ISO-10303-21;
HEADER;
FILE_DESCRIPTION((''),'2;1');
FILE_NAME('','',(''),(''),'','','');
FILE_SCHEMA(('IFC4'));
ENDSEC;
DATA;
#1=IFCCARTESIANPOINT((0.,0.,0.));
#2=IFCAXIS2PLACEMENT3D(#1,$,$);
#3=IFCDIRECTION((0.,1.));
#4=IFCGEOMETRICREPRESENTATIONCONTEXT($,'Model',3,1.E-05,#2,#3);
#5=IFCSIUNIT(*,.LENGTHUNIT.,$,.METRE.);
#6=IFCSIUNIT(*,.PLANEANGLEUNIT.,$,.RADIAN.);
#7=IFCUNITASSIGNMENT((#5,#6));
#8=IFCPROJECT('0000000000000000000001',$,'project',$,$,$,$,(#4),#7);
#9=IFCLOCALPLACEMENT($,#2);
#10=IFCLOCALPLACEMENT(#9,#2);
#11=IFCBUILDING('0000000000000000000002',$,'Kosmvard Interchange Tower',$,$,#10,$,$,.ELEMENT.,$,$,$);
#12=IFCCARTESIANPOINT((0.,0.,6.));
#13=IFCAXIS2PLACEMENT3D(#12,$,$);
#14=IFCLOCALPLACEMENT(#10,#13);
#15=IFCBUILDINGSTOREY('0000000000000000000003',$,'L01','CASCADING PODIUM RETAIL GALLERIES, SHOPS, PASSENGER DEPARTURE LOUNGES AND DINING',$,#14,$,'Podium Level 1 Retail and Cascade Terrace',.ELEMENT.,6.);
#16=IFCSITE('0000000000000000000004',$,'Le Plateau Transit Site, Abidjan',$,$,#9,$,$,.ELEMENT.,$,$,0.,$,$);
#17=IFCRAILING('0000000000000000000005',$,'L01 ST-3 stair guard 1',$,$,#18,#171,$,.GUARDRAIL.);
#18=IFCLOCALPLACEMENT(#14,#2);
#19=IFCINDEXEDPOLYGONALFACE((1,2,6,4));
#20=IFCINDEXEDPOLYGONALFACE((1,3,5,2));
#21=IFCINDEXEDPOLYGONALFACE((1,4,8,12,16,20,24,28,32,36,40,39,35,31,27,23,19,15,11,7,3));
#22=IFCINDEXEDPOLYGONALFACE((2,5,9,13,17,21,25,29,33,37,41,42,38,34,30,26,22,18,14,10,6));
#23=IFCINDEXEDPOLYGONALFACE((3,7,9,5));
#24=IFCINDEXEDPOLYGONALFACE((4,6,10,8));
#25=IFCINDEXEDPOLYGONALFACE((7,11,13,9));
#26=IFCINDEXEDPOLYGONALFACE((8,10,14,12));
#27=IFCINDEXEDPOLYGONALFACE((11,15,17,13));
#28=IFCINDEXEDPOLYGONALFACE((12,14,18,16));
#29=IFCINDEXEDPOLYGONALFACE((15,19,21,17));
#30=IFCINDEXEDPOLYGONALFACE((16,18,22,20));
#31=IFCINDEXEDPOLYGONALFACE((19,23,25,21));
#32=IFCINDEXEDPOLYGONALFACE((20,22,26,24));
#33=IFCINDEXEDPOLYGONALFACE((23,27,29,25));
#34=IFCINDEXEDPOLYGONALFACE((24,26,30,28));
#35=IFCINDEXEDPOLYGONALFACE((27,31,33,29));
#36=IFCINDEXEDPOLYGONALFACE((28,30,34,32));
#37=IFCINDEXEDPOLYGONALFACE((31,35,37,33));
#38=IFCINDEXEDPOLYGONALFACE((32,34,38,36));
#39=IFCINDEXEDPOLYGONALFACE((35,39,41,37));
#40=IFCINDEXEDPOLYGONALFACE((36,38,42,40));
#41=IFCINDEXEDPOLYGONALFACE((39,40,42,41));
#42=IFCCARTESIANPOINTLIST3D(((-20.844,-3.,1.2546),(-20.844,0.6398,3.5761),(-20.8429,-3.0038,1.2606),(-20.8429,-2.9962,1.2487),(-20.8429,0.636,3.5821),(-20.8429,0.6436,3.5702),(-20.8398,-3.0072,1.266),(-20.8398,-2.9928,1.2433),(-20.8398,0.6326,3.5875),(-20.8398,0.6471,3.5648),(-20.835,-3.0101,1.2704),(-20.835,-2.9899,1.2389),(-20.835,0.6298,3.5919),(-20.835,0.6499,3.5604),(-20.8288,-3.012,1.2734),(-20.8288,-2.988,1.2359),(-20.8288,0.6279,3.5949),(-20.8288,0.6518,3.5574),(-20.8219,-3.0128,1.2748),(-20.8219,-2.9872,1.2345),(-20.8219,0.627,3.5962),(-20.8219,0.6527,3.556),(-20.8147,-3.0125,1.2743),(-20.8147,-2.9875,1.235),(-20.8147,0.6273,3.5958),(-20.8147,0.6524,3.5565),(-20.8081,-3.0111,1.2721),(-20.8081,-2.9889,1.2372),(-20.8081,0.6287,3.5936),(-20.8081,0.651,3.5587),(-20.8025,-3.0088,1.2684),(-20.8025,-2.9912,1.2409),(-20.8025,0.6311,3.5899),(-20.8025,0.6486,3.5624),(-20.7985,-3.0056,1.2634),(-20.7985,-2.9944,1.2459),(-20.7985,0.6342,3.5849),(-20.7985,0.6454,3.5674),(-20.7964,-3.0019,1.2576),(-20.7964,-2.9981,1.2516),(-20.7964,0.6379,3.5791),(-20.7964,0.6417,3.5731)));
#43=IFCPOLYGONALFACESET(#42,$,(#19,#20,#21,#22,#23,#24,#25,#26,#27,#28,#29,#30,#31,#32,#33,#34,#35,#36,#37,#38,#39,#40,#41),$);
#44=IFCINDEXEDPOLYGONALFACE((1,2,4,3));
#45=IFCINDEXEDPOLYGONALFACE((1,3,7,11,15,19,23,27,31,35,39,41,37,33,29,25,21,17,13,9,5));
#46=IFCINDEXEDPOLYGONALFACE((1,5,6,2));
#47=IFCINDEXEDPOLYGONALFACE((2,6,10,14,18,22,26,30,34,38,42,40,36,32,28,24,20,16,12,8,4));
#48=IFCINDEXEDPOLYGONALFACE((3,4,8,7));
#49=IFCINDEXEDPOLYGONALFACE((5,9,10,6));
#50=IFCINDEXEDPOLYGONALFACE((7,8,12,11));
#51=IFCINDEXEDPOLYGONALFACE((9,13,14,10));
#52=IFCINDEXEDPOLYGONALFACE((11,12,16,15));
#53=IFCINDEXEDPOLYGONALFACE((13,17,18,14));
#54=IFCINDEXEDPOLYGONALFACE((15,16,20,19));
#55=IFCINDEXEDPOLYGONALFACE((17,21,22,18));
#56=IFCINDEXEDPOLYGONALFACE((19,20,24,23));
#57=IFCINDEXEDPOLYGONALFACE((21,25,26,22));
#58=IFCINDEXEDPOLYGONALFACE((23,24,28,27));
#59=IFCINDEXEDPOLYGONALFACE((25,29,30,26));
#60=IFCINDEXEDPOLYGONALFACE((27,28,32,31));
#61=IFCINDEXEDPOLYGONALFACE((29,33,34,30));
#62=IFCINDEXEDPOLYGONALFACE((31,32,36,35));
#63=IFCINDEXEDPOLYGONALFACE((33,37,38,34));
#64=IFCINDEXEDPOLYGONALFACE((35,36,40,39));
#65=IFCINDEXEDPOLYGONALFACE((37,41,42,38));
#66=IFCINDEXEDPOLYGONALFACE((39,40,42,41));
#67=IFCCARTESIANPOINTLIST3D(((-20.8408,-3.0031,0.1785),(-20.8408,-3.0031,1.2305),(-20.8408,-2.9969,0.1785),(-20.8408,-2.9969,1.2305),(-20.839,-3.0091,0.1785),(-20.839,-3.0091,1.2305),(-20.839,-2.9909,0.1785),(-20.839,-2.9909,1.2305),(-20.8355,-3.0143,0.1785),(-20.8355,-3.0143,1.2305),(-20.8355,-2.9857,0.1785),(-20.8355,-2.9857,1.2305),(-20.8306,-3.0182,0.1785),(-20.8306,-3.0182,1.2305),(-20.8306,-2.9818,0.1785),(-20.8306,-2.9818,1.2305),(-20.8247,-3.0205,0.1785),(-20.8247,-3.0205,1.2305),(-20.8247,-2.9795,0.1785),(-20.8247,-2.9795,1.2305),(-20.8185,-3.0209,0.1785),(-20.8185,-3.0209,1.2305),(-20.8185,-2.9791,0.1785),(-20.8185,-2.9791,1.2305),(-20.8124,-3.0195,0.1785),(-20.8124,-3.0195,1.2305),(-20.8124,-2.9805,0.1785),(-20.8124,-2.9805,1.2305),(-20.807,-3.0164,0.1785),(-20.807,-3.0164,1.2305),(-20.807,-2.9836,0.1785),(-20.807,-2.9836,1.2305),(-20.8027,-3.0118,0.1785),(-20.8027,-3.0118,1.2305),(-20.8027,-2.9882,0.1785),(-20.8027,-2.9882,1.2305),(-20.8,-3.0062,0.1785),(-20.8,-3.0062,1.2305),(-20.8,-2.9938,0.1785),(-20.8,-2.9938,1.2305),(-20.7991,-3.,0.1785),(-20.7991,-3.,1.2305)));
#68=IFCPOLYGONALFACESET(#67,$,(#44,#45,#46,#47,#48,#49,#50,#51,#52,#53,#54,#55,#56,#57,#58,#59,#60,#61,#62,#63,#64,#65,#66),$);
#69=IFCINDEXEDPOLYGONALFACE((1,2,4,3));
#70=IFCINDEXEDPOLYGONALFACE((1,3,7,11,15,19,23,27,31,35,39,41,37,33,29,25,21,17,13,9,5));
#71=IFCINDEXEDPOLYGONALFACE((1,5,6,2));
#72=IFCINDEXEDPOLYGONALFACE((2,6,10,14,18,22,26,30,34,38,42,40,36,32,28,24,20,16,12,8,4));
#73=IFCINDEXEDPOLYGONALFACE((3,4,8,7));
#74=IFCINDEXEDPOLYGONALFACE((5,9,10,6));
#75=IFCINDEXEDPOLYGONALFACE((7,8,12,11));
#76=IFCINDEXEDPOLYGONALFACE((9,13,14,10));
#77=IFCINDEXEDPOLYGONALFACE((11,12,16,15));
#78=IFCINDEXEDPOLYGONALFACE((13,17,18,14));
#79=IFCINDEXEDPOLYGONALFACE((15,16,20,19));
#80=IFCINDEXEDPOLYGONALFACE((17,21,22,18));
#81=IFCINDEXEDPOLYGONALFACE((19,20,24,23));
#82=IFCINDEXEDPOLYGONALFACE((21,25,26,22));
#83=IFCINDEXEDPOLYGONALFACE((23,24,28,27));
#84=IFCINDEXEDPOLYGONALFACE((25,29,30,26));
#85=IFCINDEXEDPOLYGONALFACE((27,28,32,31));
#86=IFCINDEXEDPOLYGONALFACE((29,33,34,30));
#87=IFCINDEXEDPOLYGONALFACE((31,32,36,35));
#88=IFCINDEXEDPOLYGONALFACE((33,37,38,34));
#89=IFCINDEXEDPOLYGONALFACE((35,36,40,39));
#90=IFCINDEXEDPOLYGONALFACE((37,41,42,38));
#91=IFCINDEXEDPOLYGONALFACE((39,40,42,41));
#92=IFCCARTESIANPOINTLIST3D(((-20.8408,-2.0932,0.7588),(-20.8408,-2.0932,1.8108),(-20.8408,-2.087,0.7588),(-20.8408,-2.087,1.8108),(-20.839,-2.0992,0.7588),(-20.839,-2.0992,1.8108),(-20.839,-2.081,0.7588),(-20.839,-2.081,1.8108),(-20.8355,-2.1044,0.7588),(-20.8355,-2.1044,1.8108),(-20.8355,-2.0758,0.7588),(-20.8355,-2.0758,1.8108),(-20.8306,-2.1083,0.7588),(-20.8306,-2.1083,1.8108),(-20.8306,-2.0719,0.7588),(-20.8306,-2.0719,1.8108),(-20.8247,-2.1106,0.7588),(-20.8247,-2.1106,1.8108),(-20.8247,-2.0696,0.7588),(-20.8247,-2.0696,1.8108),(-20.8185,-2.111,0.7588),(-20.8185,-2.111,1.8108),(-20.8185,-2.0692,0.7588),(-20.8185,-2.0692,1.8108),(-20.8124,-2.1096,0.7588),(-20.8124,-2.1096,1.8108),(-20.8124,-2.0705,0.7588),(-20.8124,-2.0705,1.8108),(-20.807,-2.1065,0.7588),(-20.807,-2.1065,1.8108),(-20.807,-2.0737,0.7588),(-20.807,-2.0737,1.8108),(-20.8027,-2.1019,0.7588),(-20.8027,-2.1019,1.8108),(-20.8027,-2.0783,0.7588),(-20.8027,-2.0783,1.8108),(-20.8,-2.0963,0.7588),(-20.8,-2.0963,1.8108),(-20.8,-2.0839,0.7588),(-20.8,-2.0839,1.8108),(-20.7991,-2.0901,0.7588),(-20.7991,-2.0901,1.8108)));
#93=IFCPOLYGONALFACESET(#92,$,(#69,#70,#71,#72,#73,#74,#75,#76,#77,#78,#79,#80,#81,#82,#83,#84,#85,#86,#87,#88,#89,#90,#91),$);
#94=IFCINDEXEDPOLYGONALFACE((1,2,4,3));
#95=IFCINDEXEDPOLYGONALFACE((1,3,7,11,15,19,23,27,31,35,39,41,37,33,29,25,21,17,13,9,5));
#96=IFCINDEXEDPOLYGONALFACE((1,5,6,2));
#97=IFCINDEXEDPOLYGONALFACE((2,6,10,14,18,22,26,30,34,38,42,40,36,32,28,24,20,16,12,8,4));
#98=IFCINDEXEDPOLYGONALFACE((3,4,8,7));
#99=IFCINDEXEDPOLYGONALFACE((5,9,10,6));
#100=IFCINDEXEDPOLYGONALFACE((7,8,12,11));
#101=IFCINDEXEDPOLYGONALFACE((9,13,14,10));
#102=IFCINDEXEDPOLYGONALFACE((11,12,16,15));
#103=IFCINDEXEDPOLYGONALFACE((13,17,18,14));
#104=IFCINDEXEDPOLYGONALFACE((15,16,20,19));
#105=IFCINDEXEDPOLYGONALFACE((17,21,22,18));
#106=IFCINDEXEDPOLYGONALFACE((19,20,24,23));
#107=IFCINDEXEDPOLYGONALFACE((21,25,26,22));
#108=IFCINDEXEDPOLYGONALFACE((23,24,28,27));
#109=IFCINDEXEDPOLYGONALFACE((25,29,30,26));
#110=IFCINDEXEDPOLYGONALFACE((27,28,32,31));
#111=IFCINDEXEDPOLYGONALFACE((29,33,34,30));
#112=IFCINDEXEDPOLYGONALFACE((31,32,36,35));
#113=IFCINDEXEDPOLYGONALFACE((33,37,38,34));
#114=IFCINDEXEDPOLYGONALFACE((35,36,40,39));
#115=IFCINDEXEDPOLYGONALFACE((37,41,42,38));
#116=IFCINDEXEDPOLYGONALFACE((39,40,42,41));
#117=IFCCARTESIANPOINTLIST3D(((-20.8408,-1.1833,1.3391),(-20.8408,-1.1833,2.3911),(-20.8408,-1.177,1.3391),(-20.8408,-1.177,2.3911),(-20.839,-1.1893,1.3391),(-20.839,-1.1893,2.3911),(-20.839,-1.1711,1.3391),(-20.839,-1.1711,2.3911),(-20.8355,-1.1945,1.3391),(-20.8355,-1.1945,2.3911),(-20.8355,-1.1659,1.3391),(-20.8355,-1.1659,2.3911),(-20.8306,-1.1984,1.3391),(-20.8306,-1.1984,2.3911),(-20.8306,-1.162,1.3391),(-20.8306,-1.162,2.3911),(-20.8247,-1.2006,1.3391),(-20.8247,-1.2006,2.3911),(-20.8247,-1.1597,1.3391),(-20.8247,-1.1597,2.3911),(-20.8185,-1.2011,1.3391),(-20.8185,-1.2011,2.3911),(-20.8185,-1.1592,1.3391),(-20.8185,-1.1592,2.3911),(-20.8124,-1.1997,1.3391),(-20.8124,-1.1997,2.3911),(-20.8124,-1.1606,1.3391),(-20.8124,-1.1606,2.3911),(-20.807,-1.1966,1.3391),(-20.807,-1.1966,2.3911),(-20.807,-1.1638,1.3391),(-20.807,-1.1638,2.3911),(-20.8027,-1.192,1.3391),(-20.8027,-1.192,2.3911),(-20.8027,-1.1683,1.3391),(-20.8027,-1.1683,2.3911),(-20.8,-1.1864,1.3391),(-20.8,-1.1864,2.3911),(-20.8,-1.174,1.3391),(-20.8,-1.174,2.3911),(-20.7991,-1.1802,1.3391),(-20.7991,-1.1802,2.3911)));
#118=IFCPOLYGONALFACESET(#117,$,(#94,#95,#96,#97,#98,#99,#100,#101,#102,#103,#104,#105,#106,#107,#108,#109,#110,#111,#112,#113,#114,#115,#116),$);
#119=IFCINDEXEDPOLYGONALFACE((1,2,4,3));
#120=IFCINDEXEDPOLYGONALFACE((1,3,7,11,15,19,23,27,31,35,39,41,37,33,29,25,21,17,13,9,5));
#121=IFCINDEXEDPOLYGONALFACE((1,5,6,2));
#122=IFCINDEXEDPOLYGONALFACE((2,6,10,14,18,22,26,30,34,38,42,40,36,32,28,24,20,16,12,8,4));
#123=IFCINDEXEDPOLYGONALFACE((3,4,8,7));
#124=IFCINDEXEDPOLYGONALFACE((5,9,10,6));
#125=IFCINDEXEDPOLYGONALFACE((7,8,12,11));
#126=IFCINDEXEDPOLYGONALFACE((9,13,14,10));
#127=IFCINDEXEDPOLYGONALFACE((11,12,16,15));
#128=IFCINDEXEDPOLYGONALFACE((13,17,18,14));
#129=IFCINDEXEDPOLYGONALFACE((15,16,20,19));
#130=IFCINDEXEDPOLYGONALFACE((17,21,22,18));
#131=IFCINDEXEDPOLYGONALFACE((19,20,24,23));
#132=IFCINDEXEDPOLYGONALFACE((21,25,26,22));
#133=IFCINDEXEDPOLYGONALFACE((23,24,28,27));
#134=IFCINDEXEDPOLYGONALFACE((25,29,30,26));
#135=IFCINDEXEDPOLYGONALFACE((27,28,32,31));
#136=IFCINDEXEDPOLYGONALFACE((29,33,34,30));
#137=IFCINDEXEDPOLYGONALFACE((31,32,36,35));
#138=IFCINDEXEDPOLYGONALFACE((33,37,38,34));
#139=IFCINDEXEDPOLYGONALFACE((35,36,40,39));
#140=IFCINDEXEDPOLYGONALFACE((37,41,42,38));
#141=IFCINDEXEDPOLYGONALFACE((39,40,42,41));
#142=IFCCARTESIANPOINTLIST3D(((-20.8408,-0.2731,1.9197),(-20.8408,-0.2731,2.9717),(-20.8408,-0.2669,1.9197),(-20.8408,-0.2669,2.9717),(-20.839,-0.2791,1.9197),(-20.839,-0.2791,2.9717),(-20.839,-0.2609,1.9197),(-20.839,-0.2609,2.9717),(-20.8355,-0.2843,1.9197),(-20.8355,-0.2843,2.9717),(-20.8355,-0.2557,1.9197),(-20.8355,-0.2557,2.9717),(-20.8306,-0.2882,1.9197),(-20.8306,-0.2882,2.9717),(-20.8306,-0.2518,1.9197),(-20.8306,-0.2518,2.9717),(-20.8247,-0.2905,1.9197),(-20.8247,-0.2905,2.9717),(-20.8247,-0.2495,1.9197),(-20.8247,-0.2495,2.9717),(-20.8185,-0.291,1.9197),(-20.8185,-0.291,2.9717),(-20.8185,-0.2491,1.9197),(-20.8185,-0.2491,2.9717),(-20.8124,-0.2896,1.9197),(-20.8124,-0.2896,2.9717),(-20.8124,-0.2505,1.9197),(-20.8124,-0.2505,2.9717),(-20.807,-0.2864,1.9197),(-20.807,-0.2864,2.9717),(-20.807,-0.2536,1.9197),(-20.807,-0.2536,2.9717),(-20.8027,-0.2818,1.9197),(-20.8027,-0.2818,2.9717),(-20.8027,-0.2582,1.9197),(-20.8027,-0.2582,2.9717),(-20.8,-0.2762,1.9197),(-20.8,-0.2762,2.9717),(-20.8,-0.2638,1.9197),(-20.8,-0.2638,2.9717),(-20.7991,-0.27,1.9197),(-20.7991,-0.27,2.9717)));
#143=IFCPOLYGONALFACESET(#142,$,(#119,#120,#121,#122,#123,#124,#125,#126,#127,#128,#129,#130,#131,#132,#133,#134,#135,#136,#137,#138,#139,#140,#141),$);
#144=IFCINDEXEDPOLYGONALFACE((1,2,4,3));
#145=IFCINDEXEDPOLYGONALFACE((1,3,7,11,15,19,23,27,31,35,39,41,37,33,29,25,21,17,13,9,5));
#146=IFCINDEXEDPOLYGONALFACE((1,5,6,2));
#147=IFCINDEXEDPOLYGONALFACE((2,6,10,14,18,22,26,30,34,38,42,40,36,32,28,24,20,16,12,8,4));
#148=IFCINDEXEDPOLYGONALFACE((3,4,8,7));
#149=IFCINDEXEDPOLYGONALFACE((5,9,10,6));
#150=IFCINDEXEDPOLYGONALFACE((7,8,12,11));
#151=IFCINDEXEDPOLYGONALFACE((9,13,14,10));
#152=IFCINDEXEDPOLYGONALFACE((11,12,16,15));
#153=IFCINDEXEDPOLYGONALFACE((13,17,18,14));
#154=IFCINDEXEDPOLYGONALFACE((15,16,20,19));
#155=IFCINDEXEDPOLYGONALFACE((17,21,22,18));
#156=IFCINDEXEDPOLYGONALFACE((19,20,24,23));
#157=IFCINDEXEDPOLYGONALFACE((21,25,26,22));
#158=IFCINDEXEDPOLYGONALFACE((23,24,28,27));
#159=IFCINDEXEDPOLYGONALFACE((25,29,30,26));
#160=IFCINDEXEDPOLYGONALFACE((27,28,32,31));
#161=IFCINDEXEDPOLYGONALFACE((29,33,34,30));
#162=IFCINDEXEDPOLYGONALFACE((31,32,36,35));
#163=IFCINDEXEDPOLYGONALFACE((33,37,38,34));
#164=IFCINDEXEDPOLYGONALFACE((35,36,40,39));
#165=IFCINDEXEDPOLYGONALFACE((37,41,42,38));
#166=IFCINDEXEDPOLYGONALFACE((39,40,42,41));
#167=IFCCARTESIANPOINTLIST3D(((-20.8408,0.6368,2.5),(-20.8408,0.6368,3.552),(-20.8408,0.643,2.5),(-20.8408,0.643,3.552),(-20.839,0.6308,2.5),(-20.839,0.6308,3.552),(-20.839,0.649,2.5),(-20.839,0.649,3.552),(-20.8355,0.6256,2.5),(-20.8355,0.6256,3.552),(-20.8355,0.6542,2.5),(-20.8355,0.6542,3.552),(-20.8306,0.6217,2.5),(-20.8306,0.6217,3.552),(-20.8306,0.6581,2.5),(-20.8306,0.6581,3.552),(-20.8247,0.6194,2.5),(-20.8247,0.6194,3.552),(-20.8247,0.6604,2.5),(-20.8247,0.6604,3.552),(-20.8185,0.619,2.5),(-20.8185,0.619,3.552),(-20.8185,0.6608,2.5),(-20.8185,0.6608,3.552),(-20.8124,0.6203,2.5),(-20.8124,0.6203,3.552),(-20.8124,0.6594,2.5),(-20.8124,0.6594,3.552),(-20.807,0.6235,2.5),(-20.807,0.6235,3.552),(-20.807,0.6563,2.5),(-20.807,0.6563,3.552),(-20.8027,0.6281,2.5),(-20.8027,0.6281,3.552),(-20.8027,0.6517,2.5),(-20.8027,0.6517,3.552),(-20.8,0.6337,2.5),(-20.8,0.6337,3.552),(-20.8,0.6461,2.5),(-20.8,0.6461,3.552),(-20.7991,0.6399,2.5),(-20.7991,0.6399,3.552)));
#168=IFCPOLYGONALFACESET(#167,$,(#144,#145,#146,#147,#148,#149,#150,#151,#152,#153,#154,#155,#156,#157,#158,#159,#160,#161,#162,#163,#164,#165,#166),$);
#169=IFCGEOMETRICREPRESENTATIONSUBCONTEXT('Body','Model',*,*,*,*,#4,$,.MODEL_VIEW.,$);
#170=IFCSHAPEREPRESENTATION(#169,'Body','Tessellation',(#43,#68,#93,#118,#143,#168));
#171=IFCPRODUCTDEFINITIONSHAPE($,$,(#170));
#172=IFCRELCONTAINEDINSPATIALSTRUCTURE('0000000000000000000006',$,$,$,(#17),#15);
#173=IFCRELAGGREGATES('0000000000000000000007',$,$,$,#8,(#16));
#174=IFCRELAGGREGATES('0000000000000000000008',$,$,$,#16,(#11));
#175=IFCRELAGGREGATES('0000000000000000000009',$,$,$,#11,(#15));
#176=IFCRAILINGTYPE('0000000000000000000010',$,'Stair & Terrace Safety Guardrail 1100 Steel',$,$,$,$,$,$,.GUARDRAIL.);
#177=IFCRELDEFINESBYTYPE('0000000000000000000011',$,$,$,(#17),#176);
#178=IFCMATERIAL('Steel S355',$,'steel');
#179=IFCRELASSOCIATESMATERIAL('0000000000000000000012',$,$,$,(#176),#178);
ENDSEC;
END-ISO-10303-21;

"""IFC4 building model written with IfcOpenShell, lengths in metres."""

from ifc_helpers import new_model, si_unit, direction, frame, origin, origin_2d, place, context, subcontext, project, spatial, circle, extrude, source, transform, mapped, material, type_object, element, save


model = new_model("IFC4")

# Units and contexts
model_context = context("Model", 3, precision=1e-05, world=origin(), true_north=direction((0.0, 1.0)))
body_context = subcontext(model_context, "Body", "Model", "MODEL_VIEW")
ifc_project = project(units=[si_unit("LENGTHUNIT", "METRE"), si_unit("PLANEANGLEUNIT", "RADIAN")], contexts=[model_context])

# Site, building, storey
site_placement = place(None, origin())
site = spatial("IfcSite", under=ifc_project, at=site_placement, Name="Le Plateau Transit Site, Abidjan", CompositionType="ELEMENT", RefElevation=0.0)
building_placement = place(site_placement, origin())
building = spatial("IfcBuilding", under=site, at=building_placement, Name="Kosmvard Interchange Tower", CompositionType="ELEMENT")
storey_placement = place(building_placement, frame((0.0, 0.0, 6.0)))
storey = spatial("IfcBuildingStorey", under=building, at=storey_placement, Name="L01", Description="CASCADING PODIUM RETAIL GALLERIES, SHOPS, PASSENGER DEPARTURE LOUNGES AND DINING", LongName="Podium Level 1 Retail and Cascade Terrace", CompositionType="ELEMENT", Elevation=6.0)

# Railing
ifc_material_1 = material(Name="Steel S355", Category="steel")
railing_type_1 = type_object("IfcRailingType", Name="Stair & Terrace Safety Guardrail 1100 Steel", PredefinedType="GUARDRAIL", material=ifc_material_1)
shared_shape_1 = source(origin(), body_context, "Body", "SweptSolid", [
    extrude(circle(Radius=0.0239, at=origin_2d()), frame((0.0, 0.0, 1.0762), z_axis=(0.0, 0.843112, 0.537739), x_axis=(-1.0, 0.0, 0.0)), (0.0, 0.0, 1.0), 4.3171),
    extrude(circle(Radius=0.021, at=origin_2d()), origin(), (0.0, 0.0, 1.0), 1.052),
    extrude(circle(Radius=0.021, at=origin_2d()), frame((0.0, 0.9099, 0.5803)), (0.0, 0.0, 1.0), 1.052),
    extrude(circle(Radius=0.021, at=origin_2d()), frame((0.0, 1.8198, 1.1606)), (0.0, 0.0, 1.0), 1.052),
    extrude(circle(Radius=0.021, at=origin_2d()), frame((0.0, 2.73, 1.7412)), (0.0, 0.0, 1.0), 1.052),
    extrude(circle(Radius=0.021, at=origin_2d()), frame((0.0, 3.6399, 2.3215)), (0.0, 0.0, 1.0), 1.052),
])
railing_1_placement = place(storey_placement, frame((-20.8201, -3.0, 0.1785)))
element("IfcRailing", 1, at=railing_1_placement, inside=storey, type_object=railing_type_1, Name="L01 ST-3 stair guard 1", PredefinedType="GUARDRAIL", context=body_context, shape_type="MappedRepresentation", body=[
    mapped(shared_shape_1, transform((0.0, 0.0, 0.0), scale=1.0)),
])

save(model, "model.ifc")
